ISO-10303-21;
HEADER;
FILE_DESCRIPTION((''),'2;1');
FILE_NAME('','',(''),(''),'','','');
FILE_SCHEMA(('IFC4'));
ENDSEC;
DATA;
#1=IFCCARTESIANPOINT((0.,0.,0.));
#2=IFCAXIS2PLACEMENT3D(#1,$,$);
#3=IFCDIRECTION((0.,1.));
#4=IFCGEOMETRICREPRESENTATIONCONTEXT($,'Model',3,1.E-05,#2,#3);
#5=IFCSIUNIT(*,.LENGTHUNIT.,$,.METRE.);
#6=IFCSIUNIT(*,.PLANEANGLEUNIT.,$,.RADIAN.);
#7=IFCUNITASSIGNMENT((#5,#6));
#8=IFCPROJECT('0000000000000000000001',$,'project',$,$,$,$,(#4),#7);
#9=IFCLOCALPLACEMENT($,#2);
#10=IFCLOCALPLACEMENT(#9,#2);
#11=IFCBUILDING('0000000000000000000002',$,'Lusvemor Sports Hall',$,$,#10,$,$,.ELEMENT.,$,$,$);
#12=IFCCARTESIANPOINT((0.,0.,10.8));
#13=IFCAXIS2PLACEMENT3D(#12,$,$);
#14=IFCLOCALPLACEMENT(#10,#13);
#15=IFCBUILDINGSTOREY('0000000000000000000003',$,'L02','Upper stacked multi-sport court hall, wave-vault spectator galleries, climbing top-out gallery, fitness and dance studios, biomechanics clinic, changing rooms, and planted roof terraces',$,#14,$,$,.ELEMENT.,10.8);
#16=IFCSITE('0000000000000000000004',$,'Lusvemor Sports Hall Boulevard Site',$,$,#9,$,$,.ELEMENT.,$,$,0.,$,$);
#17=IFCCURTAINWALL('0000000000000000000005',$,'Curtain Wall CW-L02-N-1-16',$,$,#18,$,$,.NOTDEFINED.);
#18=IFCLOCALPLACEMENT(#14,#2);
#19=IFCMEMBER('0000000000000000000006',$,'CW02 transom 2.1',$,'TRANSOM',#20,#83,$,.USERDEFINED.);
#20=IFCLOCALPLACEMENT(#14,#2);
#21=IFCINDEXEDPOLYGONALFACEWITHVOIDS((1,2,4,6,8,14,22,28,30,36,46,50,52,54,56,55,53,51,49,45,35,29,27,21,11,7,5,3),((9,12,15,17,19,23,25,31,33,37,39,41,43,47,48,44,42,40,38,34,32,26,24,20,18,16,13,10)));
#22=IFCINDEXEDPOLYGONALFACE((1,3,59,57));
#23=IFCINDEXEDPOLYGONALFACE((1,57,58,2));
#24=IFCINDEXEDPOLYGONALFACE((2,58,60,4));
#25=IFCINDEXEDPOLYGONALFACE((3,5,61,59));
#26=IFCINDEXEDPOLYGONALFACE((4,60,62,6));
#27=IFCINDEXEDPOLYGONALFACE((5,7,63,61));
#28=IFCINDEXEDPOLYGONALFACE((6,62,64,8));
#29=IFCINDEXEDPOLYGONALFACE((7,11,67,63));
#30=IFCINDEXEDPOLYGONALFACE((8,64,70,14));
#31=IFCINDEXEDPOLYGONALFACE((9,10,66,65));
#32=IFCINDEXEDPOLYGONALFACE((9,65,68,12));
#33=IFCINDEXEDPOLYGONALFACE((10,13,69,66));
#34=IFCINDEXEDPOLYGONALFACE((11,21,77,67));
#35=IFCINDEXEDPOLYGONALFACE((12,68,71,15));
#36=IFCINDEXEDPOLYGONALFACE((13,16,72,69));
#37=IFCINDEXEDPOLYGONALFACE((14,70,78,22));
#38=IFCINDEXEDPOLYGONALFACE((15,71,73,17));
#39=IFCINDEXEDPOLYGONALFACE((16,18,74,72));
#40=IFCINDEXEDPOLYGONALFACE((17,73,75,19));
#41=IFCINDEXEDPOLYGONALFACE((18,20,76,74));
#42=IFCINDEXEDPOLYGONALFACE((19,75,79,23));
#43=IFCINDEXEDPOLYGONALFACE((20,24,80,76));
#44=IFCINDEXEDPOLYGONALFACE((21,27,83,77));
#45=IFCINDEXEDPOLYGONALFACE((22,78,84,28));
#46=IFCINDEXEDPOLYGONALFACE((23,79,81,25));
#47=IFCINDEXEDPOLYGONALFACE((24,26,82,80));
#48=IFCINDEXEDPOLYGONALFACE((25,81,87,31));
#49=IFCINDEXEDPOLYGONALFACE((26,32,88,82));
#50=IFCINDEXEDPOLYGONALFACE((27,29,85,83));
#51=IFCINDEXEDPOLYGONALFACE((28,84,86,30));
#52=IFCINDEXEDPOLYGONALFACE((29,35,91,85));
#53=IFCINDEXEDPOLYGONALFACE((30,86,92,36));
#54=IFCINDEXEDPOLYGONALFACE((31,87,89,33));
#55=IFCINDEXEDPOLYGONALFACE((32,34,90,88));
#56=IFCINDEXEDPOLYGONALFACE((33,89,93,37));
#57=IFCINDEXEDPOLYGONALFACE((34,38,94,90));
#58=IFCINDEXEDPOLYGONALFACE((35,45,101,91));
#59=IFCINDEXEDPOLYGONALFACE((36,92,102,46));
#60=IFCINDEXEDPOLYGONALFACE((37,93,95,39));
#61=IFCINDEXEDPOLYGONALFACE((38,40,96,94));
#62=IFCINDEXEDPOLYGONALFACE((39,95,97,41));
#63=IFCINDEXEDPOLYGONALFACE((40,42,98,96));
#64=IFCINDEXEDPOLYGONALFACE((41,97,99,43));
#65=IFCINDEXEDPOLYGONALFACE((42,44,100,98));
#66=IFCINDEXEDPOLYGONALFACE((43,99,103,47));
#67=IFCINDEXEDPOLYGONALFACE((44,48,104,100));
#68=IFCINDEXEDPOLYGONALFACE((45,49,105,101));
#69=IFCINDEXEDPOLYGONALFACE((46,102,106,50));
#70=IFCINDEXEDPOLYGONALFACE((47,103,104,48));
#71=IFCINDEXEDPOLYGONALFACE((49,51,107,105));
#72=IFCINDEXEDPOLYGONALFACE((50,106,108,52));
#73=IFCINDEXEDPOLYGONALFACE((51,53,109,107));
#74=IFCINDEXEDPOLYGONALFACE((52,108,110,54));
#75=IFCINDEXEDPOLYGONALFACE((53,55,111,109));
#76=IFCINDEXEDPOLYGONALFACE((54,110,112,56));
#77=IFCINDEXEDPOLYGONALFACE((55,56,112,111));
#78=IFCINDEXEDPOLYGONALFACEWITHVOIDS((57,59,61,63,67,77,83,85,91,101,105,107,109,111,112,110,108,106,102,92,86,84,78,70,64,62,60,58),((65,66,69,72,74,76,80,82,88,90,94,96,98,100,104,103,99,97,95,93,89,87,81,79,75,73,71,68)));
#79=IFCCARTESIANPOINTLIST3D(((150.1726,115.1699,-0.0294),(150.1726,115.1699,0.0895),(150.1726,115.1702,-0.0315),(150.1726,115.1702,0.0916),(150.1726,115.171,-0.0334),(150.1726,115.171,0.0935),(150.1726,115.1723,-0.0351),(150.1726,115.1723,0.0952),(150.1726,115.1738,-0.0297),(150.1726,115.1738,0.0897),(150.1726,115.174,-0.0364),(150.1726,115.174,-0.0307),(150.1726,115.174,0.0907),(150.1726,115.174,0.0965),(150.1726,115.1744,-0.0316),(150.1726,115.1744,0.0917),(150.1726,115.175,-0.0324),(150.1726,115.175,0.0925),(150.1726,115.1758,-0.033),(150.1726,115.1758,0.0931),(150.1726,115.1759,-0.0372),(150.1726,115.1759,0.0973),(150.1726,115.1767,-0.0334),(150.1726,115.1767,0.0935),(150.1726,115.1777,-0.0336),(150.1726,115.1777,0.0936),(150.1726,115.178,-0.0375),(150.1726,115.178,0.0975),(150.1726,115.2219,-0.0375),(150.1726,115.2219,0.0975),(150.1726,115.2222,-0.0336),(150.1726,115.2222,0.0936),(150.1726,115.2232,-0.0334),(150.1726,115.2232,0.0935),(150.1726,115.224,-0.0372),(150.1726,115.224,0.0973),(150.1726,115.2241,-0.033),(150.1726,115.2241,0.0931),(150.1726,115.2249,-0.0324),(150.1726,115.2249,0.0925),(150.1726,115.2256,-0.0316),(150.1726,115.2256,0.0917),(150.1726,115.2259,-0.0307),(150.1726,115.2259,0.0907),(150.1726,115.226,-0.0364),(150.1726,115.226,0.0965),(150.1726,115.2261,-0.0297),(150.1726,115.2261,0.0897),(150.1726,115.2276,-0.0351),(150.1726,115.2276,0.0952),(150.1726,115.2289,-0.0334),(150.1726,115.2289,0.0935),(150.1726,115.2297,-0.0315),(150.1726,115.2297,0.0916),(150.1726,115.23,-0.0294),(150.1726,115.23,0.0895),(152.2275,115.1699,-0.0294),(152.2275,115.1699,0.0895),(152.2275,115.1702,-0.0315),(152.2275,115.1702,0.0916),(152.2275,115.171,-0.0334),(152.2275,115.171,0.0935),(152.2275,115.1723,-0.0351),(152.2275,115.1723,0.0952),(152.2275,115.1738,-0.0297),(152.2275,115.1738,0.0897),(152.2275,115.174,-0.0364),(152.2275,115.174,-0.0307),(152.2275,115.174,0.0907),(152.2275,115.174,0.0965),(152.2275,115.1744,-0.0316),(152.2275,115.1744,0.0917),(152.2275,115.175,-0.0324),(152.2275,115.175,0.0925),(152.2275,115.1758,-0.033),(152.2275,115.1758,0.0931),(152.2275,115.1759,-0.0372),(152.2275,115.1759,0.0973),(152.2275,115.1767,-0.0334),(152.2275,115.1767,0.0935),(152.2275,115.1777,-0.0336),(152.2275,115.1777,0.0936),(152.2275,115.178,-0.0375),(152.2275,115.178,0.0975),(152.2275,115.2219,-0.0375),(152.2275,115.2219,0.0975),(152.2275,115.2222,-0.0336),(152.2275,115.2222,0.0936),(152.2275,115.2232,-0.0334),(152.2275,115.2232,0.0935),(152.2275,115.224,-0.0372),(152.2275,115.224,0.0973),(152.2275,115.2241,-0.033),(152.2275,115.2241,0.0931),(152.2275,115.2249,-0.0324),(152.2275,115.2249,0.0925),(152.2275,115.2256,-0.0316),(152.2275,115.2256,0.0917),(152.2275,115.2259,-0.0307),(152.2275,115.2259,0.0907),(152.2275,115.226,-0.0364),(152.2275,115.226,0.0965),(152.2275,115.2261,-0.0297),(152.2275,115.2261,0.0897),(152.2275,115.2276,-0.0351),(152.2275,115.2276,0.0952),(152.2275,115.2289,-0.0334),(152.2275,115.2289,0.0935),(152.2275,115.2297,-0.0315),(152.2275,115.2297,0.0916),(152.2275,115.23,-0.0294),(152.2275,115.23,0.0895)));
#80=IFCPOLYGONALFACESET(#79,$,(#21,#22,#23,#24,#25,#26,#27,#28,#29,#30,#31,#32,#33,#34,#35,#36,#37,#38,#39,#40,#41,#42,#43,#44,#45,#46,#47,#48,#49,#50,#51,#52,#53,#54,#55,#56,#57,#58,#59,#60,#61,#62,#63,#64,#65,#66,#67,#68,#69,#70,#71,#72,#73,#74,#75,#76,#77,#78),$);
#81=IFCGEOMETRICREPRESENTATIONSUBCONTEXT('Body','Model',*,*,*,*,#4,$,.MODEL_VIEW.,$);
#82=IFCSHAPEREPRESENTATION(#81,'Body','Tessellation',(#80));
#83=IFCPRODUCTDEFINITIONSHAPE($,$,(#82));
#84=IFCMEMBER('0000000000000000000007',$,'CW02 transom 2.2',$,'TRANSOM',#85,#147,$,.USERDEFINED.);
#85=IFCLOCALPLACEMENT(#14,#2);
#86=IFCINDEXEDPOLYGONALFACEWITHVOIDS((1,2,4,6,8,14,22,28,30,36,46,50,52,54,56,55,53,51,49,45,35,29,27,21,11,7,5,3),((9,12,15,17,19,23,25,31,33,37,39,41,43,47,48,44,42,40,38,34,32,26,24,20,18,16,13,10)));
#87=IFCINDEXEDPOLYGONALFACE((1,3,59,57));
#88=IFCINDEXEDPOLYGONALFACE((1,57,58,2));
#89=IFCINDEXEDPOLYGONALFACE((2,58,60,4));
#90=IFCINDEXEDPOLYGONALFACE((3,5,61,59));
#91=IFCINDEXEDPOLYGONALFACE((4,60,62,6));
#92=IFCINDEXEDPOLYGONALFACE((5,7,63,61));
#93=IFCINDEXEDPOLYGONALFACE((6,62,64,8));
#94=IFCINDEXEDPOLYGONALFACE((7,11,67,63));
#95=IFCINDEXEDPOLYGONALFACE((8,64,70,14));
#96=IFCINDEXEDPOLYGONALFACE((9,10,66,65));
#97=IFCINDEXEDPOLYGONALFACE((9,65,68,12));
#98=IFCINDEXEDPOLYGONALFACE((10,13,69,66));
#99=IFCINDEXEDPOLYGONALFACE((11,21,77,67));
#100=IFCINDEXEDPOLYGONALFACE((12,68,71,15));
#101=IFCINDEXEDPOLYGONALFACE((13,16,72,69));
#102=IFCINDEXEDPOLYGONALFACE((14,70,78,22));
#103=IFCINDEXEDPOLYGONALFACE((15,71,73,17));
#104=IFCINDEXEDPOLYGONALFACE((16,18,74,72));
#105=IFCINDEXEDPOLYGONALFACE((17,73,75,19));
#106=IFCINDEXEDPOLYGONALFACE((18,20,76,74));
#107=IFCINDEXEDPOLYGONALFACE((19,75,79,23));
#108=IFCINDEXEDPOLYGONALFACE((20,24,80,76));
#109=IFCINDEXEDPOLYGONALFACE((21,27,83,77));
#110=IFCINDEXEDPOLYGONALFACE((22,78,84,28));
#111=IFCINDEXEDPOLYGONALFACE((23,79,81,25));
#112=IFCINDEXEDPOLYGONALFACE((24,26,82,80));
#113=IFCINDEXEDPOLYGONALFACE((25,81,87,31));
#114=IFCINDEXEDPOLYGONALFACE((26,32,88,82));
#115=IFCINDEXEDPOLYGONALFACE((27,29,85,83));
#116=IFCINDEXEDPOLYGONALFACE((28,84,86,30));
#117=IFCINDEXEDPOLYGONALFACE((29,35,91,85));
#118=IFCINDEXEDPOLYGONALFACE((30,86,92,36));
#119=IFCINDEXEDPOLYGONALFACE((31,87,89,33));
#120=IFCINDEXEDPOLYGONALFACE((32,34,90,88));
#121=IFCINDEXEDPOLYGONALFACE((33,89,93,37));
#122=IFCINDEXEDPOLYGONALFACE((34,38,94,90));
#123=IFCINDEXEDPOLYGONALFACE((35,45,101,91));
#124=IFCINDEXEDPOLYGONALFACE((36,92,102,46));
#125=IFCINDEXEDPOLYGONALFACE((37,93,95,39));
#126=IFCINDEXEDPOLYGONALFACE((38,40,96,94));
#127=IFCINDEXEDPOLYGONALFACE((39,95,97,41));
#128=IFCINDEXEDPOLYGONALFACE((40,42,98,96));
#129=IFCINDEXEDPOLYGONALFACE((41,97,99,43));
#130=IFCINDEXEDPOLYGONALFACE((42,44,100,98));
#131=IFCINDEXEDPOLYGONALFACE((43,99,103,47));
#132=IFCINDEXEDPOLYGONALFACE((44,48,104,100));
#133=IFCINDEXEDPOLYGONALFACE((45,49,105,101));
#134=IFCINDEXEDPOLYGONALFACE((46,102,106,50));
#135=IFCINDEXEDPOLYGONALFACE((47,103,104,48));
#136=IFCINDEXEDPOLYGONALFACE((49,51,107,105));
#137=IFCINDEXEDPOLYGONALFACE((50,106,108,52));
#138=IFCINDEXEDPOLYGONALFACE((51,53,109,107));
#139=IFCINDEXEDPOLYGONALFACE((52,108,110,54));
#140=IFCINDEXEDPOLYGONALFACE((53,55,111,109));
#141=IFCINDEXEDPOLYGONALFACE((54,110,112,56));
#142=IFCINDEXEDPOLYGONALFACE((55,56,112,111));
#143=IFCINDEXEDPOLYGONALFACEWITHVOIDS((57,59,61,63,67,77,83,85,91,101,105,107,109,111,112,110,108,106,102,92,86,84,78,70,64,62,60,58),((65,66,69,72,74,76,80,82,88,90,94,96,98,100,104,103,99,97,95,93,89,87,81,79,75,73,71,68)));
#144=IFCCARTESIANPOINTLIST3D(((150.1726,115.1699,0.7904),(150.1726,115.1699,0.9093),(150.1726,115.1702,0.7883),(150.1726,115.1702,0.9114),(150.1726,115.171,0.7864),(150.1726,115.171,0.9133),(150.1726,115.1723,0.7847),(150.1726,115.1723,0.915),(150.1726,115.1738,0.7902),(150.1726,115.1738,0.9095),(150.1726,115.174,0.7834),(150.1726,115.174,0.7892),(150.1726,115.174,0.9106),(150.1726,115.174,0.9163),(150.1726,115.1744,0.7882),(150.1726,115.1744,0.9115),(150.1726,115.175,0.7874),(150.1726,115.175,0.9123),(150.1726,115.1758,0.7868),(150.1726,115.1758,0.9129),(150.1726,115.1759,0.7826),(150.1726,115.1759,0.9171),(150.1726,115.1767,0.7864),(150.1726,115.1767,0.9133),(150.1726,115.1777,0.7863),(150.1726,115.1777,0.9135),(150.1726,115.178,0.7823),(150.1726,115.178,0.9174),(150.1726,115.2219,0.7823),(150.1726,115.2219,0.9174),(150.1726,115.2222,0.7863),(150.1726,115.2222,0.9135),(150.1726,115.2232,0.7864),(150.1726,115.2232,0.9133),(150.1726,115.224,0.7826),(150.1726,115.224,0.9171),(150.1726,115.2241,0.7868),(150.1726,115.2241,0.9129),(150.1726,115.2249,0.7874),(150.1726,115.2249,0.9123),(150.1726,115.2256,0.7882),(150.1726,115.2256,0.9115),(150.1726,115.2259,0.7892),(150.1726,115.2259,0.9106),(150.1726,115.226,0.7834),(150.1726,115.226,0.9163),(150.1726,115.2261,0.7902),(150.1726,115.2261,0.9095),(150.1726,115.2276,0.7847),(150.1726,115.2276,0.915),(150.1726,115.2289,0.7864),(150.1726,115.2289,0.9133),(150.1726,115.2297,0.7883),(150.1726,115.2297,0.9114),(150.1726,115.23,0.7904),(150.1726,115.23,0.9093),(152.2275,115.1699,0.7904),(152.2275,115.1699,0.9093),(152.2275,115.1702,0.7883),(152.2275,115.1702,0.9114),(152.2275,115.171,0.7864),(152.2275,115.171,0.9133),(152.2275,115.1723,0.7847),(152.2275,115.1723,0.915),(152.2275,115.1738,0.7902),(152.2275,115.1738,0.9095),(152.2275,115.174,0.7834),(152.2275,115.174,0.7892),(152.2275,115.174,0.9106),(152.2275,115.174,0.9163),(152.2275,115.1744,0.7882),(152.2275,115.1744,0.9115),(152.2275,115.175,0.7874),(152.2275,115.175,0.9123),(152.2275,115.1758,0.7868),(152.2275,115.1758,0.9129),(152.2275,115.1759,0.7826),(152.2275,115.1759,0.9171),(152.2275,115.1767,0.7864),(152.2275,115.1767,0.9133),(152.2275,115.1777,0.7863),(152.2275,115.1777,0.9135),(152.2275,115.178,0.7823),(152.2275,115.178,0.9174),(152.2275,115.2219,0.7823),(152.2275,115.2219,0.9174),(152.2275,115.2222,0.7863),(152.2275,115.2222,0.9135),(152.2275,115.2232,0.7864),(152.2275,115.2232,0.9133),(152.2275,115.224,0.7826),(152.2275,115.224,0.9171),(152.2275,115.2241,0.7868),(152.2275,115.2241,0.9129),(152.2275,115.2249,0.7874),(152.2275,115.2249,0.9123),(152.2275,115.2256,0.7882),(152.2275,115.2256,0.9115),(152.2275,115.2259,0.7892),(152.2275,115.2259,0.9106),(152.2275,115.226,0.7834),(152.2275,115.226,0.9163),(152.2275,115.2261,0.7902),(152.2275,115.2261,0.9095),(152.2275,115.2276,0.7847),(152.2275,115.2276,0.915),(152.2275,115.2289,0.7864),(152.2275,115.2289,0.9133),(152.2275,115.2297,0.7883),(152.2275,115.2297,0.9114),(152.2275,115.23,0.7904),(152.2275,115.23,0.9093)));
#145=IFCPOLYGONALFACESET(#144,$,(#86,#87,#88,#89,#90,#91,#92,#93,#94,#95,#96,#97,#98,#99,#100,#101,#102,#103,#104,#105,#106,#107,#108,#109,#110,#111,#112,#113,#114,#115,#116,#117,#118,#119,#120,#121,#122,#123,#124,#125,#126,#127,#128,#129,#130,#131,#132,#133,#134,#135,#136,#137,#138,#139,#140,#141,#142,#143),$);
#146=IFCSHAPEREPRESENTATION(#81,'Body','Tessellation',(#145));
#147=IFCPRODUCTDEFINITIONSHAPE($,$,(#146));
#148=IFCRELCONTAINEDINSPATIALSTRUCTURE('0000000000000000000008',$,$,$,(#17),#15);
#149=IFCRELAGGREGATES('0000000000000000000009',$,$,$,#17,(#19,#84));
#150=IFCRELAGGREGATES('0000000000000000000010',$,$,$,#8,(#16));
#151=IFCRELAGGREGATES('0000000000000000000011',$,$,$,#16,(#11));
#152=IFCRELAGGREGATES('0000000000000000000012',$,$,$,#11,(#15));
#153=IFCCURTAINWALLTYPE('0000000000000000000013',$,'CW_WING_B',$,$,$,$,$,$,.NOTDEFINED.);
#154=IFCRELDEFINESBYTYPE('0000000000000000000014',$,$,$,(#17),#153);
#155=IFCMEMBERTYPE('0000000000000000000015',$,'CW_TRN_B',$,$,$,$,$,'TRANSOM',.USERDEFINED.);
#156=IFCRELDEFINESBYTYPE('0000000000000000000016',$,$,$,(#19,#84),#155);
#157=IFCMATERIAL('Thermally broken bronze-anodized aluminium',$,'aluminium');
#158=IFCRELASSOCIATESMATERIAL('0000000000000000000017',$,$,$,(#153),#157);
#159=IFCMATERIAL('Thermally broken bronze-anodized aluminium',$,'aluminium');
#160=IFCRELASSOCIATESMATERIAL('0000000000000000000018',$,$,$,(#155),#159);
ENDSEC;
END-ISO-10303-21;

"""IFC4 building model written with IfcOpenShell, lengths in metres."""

from ifc_helpers import new_model, si_unit, direction, frame, origin, origin_2d, place, context, subcontext, project, spatial, hollow_rectangle, extrude, material, material_profile, profile_set, type_object, element, aggregate, save


model = new_model("IFC4")

# Units and contexts
model_context = context("Model", 3, precision=1e-05, world=origin(), true_north=direction((0.0, 1.0)))
body_context = subcontext(model_context, "Body", "Model", "MODEL_VIEW")
ifc_project = project(units=[si_unit("LENGTHUNIT", "METRE"), si_unit("PLANEANGLEUNIT", "RADIAN")], contexts=[model_context])

# Site, building, storey
site_placement = place(None, origin())
site = spatial("IfcSite", under=ifc_project, at=site_placement, Name="Lusvemor Sports Hall Boulevard Site", CompositionType="ELEMENT", RefElevation=0.0)
building_placement = place(site_placement, origin())
building = spatial("IfcBuilding", under=site, at=building_placement, Name="Lusvemor Sports Hall", CompositionType="ELEMENT")
storey_placement = place(building_placement, frame((0.0, 0.0, 10.8)))
storey = spatial("IfcBuildingStorey", under=building, at=storey_placement, Name="L02", Description="Upper stacked multi-sport court hall, wave-vault spectator galleries, climbing top-out gallery, fitness and dance studios, biomechanics clinic, changing rooms, and planted roof terraces", CompositionType="ELEMENT", Elevation=10.8)

# Curtain wall, members
ifc_material_1 = material(Name="Thermally broken bronze-anodized aluminium", Category="aluminium")
curtain_wall_type = type_object("IfcCurtainWallType", Name="CW_WING_B", PredefinedType="NOTDEFINED", material=ifc_material_1)
curtain_wall_placement = place(storey_placement, origin())
curtain_wall = element("IfcCurtainWall", 1, at=curtain_wall_placement, inside=storey, type_object=curtain_wall_type, Name="Curtain Wall CW-L02-N-1-16", PredefinedType="NOTDEFINED")
ifc_material_2 = material(Name="Thermally broken bronze-anodized aluminium", Category="aluminium")
ifc_material_profile_1 = material_profile(ifc_material_2, hollow_rectangle(XDim=0.0601, YDim=0.135, WallThickness=0.0039, InnerFilletRadius=0.0039, OuterFilletRadius=0.0081, at=origin_2d()), Name="CWTRN135x60x4")
ifc_profile_set_1 = profile_set([ifc_material_profile_1], Name="Thermally broken bronze-anodized aluminium")
member_type_1 = type_object("IfcMemberType", Name="CW_TRN_B", ElementType="TRANSOM", PredefinedType="USERDEFINED", material=ifc_profile_set_1)
member_1_placement = place(storey_placement, frame((150.1726, 115.2, 0.03), z_axis=(1.0, 0.0, 0.0), x_axis=(0.0, 1.0, 0.0)))
member_1 = element("IfcMember", 2, at=member_1_placement, type_object=member_type_1, Name="CW02 transom 2.1", ObjectType="TRANSOM", PredefinedType="USERDEFINED", context=body_context, shape_type="SweptSolid", body=[
    extrude(hollow_rectangle(XDim=0.0601, YDim=0.135, WallThickness=0.0039, InnerFilletRadius=0.0039, OuterFilletRadius=0.0081, at=origin_2d()), origin(), (0.0, 0.0, 1.0), 2.0549),
])
member_2_placement = place(storey_placement, frame((150.1726, 115.2, 0.8499), z_axis=(1.0, 0.0, 0.0), x_axis=(0.0, 1.0, 0.0)))
member_2 = element("IfcMember", 3, at=member_2_placement, type_object=member_type_1, Name="CW02 transom 2.2", ObjectType="TRANSOM", PredefinedType="USERDEFINED", context=body_context, shape_type="SweptSolid", body=[
    extrude(hollow_rectangle(XDim=0.0601, YDim=0.135, WallThickness=0.0039, InnerFilletRadius=0.0039, OuterFilletRadius=0.0081, at=origin_2d()), origin(), (0.0, 0.0, 1.0), 2.0549),
])

aggregate(curtain_wall, [member_1, member_2])

save(model, "model.ifc")
